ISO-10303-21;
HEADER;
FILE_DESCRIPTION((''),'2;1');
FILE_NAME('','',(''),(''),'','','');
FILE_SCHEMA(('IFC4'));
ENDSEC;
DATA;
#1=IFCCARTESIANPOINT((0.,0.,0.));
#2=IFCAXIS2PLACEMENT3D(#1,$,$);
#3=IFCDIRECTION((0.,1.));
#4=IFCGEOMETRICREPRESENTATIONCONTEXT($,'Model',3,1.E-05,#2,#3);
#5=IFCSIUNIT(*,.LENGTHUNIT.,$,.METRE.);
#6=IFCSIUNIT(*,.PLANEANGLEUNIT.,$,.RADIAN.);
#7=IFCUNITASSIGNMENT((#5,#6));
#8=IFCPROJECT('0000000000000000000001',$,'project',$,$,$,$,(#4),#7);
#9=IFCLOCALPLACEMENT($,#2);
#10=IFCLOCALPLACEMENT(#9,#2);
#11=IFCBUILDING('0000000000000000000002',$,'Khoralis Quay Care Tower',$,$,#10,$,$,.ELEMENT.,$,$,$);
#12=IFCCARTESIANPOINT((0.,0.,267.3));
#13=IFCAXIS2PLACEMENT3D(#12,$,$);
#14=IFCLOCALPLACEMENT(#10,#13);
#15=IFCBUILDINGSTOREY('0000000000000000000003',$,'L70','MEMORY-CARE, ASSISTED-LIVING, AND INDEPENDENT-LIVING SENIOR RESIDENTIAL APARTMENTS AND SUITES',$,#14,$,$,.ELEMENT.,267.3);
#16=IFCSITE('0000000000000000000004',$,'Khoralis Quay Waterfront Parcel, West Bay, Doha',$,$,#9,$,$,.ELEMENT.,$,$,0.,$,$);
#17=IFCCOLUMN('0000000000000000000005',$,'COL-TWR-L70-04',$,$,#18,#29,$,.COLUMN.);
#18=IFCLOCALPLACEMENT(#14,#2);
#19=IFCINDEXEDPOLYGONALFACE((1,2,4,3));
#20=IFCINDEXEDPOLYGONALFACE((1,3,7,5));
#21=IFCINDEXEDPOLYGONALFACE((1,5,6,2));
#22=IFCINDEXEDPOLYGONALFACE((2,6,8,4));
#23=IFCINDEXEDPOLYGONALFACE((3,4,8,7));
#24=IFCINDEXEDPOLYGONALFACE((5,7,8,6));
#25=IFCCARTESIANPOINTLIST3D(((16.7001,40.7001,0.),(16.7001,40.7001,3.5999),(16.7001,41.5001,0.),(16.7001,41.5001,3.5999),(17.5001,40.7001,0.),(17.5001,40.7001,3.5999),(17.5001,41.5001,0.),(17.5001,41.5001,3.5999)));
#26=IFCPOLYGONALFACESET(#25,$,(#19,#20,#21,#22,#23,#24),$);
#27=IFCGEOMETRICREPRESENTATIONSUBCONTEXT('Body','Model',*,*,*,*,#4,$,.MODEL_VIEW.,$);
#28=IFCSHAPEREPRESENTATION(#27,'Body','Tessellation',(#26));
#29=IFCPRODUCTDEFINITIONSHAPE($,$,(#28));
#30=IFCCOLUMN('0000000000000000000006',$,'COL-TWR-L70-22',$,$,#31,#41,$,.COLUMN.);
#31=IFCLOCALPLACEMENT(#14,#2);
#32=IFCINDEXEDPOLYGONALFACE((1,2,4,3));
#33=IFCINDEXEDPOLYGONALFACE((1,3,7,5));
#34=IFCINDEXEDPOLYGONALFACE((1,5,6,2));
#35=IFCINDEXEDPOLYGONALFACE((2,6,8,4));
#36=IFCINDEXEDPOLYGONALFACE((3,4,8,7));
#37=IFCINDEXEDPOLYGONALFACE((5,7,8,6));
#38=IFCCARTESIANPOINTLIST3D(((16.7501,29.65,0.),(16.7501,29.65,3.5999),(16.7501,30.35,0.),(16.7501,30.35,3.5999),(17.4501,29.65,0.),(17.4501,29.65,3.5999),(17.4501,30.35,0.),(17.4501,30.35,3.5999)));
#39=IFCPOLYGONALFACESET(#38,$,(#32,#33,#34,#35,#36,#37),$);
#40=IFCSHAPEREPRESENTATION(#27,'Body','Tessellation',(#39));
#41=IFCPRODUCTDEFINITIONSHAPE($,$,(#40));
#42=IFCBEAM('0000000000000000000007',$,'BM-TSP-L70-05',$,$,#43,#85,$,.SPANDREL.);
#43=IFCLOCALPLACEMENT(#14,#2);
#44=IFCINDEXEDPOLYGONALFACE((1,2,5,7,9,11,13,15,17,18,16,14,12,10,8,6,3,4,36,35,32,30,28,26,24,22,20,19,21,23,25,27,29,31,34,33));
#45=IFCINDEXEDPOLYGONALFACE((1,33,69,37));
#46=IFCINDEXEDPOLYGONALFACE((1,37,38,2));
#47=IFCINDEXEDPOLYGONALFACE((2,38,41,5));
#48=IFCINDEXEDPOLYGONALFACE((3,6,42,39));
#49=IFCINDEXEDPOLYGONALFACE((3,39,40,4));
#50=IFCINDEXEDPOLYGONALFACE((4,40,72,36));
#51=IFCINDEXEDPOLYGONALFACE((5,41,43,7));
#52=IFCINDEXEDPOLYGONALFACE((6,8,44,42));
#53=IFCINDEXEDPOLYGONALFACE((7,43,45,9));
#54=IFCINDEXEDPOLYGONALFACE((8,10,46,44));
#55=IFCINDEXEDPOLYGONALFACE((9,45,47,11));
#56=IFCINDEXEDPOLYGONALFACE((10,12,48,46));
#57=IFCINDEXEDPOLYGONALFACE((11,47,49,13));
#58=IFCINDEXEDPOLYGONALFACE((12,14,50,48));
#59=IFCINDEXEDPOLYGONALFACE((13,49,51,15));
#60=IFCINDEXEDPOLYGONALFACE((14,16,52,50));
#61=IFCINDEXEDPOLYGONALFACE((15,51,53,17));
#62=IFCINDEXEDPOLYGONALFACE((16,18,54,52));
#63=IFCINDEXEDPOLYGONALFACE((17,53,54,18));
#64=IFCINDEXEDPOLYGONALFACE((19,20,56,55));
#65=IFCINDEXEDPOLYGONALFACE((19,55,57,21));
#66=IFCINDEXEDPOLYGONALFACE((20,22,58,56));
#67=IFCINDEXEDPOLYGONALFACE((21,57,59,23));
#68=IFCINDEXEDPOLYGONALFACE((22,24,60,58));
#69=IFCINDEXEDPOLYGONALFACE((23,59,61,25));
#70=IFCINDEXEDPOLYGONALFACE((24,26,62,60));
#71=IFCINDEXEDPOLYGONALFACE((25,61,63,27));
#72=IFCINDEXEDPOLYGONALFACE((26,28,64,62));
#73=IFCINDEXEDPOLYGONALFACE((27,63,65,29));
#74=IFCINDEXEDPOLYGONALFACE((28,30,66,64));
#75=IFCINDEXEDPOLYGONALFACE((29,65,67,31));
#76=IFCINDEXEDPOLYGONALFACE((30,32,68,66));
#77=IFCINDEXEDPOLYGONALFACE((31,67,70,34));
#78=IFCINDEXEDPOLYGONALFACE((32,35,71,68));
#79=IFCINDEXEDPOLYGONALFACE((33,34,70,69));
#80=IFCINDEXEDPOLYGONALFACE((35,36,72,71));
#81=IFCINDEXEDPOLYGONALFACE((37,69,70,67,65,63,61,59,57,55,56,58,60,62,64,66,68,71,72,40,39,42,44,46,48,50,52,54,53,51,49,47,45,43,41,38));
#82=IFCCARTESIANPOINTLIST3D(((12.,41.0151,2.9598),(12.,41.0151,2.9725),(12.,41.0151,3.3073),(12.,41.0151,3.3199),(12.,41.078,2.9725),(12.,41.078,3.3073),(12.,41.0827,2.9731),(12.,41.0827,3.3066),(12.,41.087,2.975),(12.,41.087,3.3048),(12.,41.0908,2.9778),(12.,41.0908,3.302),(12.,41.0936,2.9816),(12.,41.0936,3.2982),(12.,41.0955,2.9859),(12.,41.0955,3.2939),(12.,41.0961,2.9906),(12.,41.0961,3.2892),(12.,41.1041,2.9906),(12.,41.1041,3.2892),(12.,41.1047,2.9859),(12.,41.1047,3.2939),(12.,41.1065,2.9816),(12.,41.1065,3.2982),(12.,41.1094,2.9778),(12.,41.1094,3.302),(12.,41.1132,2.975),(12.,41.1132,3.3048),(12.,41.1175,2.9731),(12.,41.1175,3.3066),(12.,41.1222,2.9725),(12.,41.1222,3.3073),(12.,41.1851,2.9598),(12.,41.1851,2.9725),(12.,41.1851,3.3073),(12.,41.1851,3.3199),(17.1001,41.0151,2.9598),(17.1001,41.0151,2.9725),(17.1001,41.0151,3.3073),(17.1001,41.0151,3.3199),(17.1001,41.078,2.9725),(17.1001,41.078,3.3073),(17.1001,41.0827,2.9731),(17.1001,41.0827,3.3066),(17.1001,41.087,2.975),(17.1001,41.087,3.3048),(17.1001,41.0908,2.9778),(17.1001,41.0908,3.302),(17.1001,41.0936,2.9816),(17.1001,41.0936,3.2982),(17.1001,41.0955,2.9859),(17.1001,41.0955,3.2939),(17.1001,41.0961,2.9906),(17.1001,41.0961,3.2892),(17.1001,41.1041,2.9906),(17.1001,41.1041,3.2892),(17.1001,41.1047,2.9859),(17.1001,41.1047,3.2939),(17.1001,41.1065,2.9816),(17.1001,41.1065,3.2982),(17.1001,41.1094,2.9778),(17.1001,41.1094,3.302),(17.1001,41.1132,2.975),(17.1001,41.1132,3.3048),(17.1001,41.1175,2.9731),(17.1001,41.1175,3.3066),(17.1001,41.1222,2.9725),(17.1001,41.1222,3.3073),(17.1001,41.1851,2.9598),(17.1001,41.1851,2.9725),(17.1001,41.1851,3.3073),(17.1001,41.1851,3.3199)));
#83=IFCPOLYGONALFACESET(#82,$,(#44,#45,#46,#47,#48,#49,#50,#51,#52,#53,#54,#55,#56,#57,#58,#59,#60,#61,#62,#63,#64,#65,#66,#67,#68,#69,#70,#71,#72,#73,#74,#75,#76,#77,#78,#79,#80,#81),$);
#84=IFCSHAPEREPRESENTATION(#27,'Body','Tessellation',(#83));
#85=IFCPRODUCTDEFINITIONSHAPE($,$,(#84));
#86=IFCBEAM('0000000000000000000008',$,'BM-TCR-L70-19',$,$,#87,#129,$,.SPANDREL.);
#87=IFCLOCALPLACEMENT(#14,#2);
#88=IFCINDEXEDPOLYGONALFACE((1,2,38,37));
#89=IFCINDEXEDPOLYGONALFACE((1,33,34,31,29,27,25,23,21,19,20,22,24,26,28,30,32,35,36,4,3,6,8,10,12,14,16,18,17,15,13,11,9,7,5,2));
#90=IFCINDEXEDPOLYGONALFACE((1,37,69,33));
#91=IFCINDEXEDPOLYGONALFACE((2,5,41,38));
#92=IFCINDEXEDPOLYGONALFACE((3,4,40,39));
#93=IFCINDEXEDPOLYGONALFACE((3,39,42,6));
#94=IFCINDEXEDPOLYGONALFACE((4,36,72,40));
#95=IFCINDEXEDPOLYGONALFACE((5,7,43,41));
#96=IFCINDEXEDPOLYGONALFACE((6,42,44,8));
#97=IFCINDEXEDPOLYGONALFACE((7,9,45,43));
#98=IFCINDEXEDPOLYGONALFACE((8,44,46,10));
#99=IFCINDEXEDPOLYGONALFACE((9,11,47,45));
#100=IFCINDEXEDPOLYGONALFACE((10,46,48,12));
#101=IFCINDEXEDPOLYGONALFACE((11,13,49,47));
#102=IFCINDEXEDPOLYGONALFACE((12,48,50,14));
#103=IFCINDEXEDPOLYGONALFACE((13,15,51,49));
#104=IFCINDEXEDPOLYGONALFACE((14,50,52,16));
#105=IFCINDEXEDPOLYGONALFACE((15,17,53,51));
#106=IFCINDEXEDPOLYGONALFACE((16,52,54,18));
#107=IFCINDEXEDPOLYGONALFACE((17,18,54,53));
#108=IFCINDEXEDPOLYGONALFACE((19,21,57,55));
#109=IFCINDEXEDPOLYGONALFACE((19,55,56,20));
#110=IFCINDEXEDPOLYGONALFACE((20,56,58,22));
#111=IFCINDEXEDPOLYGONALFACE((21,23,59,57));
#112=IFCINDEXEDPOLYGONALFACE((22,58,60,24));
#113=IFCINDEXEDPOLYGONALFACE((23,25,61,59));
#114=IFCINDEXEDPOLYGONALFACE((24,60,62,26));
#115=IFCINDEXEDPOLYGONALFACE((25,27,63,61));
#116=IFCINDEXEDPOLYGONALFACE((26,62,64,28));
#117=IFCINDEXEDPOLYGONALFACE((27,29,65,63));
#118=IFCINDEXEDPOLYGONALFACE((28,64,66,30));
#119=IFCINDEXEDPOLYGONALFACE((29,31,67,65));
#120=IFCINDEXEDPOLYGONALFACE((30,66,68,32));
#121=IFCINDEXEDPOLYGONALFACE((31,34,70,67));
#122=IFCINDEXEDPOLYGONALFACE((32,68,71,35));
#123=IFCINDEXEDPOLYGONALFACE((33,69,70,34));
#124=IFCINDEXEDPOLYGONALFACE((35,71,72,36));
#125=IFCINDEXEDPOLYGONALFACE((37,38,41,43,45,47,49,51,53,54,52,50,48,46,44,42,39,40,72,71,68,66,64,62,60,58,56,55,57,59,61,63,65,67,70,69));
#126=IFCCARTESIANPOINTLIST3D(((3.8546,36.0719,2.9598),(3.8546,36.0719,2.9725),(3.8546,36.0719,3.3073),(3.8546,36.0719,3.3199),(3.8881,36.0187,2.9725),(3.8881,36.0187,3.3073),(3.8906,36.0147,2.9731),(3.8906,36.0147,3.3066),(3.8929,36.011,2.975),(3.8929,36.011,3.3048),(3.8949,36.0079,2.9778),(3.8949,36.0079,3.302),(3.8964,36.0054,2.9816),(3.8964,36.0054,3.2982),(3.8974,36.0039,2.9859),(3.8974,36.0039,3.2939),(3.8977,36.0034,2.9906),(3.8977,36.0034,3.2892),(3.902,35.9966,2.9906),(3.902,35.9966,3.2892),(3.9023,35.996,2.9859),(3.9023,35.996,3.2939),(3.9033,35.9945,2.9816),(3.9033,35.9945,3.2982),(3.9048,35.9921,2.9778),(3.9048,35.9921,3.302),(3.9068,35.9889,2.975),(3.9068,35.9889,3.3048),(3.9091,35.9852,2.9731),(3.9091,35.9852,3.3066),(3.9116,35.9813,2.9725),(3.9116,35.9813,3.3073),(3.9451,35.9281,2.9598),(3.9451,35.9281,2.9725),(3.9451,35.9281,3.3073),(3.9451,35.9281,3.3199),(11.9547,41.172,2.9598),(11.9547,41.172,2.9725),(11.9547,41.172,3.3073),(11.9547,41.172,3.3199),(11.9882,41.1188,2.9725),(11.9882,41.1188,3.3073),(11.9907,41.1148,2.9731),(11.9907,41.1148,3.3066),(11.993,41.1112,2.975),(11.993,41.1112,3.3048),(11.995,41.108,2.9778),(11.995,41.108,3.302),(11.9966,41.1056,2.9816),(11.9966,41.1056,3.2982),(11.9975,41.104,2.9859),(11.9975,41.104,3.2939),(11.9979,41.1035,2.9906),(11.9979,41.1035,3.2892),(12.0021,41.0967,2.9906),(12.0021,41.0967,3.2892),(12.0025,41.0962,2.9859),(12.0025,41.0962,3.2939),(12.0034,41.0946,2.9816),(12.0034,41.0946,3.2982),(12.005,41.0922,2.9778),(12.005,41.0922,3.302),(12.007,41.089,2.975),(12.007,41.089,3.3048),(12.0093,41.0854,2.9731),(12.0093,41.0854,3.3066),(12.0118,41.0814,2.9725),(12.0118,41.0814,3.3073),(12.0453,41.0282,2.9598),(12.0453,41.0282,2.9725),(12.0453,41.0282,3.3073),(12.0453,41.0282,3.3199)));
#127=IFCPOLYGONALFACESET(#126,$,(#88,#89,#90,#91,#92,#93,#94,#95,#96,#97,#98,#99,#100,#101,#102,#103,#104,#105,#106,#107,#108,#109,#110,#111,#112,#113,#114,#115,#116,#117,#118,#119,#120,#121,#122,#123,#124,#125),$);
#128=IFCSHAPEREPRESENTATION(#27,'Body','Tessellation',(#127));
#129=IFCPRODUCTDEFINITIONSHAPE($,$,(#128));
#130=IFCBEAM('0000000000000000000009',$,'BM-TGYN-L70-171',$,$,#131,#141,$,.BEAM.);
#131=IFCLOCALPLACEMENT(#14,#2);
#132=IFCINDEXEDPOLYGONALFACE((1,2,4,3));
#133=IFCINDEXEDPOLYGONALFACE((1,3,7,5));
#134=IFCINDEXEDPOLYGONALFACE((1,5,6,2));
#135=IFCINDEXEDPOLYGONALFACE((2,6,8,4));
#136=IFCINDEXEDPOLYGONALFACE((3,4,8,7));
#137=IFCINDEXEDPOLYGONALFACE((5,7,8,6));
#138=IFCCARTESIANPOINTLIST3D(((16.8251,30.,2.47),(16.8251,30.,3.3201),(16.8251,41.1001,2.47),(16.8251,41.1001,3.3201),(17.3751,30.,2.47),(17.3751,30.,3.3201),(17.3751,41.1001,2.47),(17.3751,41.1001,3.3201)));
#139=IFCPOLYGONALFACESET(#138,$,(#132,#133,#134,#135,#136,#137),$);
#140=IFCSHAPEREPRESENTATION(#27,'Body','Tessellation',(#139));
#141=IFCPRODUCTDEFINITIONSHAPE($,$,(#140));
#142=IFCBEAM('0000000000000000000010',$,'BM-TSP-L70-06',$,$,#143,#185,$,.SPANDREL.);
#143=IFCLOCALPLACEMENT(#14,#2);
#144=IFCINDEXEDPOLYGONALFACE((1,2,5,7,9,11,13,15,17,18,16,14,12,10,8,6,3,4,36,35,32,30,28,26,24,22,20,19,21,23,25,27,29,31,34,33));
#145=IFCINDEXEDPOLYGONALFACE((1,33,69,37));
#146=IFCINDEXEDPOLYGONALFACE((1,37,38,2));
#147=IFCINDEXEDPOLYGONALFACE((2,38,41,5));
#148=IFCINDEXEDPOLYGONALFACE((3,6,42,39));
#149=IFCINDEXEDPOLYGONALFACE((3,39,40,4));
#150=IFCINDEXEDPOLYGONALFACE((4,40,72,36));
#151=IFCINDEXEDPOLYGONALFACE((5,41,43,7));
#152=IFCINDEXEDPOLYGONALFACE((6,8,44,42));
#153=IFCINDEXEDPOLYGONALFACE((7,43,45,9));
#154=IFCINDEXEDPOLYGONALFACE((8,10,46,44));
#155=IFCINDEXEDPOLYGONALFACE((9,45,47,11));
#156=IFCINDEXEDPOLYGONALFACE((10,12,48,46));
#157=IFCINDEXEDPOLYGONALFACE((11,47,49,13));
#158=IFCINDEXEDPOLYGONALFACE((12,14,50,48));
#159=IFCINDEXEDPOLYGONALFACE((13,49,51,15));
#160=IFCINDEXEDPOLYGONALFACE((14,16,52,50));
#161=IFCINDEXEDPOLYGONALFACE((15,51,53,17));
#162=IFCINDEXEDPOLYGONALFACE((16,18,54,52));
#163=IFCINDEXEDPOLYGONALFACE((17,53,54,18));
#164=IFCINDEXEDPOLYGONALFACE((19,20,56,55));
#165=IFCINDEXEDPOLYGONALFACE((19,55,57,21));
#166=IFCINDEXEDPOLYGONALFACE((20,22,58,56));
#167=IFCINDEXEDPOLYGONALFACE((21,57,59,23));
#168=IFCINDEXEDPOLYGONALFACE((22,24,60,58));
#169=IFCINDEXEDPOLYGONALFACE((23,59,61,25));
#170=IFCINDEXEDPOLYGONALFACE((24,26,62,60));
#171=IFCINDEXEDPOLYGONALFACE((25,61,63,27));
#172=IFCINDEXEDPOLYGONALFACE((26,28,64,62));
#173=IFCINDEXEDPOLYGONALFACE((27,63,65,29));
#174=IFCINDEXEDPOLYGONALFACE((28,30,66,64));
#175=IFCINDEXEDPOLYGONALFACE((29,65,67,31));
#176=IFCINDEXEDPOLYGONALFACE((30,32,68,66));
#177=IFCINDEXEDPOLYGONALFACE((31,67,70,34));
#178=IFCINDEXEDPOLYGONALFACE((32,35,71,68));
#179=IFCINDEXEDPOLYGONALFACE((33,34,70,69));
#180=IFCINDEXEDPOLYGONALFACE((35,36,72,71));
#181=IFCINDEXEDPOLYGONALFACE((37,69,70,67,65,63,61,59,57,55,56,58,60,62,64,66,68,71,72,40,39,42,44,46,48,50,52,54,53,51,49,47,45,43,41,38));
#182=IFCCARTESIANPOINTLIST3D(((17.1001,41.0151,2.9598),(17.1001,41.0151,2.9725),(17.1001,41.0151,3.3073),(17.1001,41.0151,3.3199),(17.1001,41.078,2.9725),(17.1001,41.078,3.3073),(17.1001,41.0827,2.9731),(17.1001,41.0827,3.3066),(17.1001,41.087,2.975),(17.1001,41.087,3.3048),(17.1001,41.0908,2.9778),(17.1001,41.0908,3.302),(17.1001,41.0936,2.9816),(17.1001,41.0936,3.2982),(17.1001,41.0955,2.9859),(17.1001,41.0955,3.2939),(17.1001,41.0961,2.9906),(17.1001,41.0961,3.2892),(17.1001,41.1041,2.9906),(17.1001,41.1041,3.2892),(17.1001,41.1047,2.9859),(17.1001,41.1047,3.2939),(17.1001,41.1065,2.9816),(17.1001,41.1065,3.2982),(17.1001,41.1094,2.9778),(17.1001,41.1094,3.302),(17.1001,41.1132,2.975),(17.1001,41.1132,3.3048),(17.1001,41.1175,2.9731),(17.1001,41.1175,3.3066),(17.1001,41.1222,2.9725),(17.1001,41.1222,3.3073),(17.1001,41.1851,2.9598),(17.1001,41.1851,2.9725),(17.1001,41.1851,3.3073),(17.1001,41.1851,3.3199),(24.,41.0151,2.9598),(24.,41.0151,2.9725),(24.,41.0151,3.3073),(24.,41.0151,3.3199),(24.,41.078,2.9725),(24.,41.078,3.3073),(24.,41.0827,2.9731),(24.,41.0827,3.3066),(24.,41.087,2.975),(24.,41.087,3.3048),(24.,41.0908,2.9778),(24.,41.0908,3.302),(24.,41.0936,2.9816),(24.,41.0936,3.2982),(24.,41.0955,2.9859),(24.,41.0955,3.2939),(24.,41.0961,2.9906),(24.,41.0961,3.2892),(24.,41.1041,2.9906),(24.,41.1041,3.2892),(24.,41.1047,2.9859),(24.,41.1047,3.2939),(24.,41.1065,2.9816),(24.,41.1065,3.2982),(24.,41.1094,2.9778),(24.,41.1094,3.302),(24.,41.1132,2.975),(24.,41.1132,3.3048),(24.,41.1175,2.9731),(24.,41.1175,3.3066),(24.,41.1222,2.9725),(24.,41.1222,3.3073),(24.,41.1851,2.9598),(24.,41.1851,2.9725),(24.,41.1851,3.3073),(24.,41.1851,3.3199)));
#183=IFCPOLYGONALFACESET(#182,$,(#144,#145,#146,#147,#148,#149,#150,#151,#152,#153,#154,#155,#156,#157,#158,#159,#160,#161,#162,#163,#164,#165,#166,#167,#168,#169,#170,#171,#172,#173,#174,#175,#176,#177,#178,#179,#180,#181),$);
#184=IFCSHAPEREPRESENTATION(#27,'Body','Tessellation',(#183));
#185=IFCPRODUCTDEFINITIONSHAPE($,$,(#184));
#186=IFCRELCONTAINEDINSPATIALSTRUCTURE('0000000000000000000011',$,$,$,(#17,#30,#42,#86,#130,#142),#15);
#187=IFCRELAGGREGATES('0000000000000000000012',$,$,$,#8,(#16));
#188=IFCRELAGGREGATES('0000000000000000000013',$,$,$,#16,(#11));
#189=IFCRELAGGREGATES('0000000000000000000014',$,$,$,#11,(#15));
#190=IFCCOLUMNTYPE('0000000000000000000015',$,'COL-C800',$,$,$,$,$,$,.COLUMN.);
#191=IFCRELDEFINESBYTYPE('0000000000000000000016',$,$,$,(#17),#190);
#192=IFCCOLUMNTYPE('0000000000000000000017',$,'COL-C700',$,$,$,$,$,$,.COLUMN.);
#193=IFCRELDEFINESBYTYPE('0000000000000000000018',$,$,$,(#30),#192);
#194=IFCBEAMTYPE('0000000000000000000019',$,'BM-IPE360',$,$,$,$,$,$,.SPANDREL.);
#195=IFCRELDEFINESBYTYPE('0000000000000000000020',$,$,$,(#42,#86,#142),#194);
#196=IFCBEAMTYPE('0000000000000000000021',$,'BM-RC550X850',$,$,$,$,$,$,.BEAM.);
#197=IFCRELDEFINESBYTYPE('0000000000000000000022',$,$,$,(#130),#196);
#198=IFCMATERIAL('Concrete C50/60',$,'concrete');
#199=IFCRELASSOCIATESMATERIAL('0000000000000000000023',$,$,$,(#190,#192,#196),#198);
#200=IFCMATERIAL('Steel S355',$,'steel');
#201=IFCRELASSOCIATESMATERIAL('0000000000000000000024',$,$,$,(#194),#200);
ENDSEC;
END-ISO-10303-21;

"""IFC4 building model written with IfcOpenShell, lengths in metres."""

from ifc_helpers import new_model, si_unit, direction, frame, origin, origin_2d, place, context, subcontext, project, spatial, rectangle, i_section, extrude, source, transform, mapped, material, material_profile, profile_set, type_object, element, save


model = new_model("IFC4")

# Units and contexts
model_context = context("Model", 3, precision=1e-05, world=origin(), true_north=direction((0.0, 1.0)))
body_context = subcontext(model_context, "Body", "Model", "MODEL_VIEW")
ifc_project = project(units=[si_unit("LENGTHUNIT", "METRE"), si_unit("PLANEANGLEUNIT", "RADIAN")], contexts=[model_context])

# Site, building, storey
site_placement = place(None, origin())
site = spatial("IfcSite", under=ifc_project, at=site_placement, Name="Khoralis Quay Waterfront Parcel, West Bay, Doha", CompositionType="ELEMENT", RefElevation=0.0)
building_placement = place(site_placement, origin())
building = spatial("IfcBuilding", under=site, at=building_placement, Name="Khoralis Quay Care Tower", CompositionType="ELEMENT")
storey_placement = place(building_placement, frame((0.0, 0.0, 267.3)))
storey = spatial("IfcBuildingStorey", under=building, at=storey_placement, Name="L70", Description="MEMORY-CARE, ASSISTED-LIVING, AND INDEPENDENT-LIVING SENIOR RESIDENTIAL APARTMENTS AND SUITES", CompositionType="ELEMENT", Elevation=267.3)

# Columns
ifc_material_1 = material(Name="Concrete C50/60", Category="concrete")
ifc_material_profile_1 = material_profile(ifc_material_1, rectangle(XDim=0.8, YDim=0.8, at=origin_2d()), Name="Concrete C50/60")
ifc_profile_set_1 = profile_set([ifc_material_profile_1], Name="Concrete C50/60")
column_type_1 = type_object("IfcColumnType", Name="COL-C800", PredefinedType="COLUMN", material=ifc_profile_set_1)
shared_shape_1 = source(origin(), body_context, "Body", "SweptSolid", [
    extrude(rectangle(XDim=0.8, YDim=0.8, at=origin_2d()), origin(), (0.0, 0.0, 1.0), 3.5999),
])
column_1_placement = place(storey_placement, frame((17.1001, 41.1001, 0.0), z_axis=(0.0, 0.0, 1.0), x_axis=(1.0, 0.0, 0.0)))
element("IfcColumn", 1, at=column_1_placement, inside=storey, type_object=column_type_1, Name="COL-TWR-L70-04", PredefinedType="COLUMN", context=body_context, shape_type="MappedRepresentation", body=[
    mapped(shared_shape_1, transform((0.0, 0.0, 0.0), scale=1.0)),
])
ifc_material_profile_2 = material_profile(ifc_material_1, rectangle(XDim=0.7, YDim=0.7, at=origin_2d()), Name="Concrete C50/60")
ifc_profile_set_2 = profile_set([ifc_material_profile_2], Name="Concrete C50/60")
column_type_2 = type_object("IfcColumnType", Name="COL-C700", PredefinedType="COLUMN", material=ifc_profile_set_2)
shared_shape_2 = source(origin(), body_context, "Body", "SweptSolid", [
    extrude(rectangle(XDim=0.7, YDim=0.7, at=origin_2d()), origin(), (0.0, 0.0, 1.0), 3.5999),
])
column_2_placement = place(storey_placement, frame((17.1001, 30.0, 0.0), z_axis=(0.0, 0.0, 1.0), x_axis=(1.0, 0.0, 0.0)))
element("IfcColumn", 2, at=column_2_placement, inside=storey, type_object=column_type_2, Name="COL-TWR-L70-22", PredefinedType="COLUMN", context=body_context, shape_type="MappedRepresentation", body=[
    mapped(shared_shape_2, transform((0.0, 0.0, 0.0), scale=1.0)),
])

# Beams
ifc_material_2 = material(Name="Steel S355", Category="steel")
ifc_material_profile_3 = material_profile(ifc_material_2, i_section(OverallWidth=0.1699, OverallDepth=0.3601, WebThickness=0.0081, FlangeThickness=0.0127, FilletRadius=0.0181, at=origin_2d()), Name="Steel S355")
ifc_profile_set_3 = profile_set([ifc_material_profile_3], Name="Steel S355")
beam_type_1 = type_object("IfcBeamType", Name="BM-IPE360", PredefinedType="SPANDREL", material=ifc_profile_set_3)
shared_shape_3 = source(origin(), body_context, "Body", "SweptSolid", [
    extrude(i_section(OverallWidth=0.1699, OverallDepth=0.3601, WebThickness=0.0081, FlangeThickness=0.0127, FilletRadius=0.0181, at=origin_2d()), origin(), (0.0, 0.0, 1.0), 5.1001),
])
beam_1_placement = place(storey_placement, frame((12.0, 41.1001, 3.1399), z_axis=(1.0, 0.0, 0.0), x_axis=(0.0, 1.0, 0.0)))
element("IfcBeam", 3, at=beam_1_placement, inside=storey, type_object=beam_type_1, Name="BM-TSP-L70-05", PredefinedType="SPANDREL", context=body_context, shape_type="MappedRepresentation", body=[
    mapped(shared_shape_3, transform((0.0, 0.0, 0.0), scale=1.0)),
])
shared_shape_4 = source(origin(), body_context, "Body", "SweptSolid", [
    extrude(i_section(OverallWidth=0.1699, OverallDepth=0.3601, WebThickness=0.0081, FlangeThickness=0.0127, FilletRadius=0.0181, at=origin_2d()), origin(), (0.0, 0.0, 1.0), 9.572),
])
beam_2_placement = place(storey_placement, frame((12.0, 41.1001, 3.1399), z_axis=(-0.846231, -0.532816, 0.0), x_axis=(0.532816, -0.846231, 0.0)))
element("IfcBeam", 4, at=beam_2_placement, inside=storey, type_object=beam_type_1, Name="BM-TCR-L70-19", PredefinedType="SPANDREL", context=body_context, shape_type="MappedRepresentation", body=[
    mapped(shared_shape_4, transform((0.0, 0.0, 0.0), scale=1.0)),
])
ifc_material_profile_4 = material_profile(ifc_material_1, rectangle(XDim=0.55, YDim=0.8501, at=origin_2d()), Name="Concrete C50/60")
ifc_profile_set_4 = profile_set([ifc_material_profile_4], Name="Concrete C50/60")
beam_type_2 = type_object("IfcBeamType", Name="BM-RC550X850", PredefinedType="BEAM", material=ifc_profile_set_4)
shared_shape_5 = source(origin(), body_context, "Body", "SweptSolid", [
    extrude(rectangle(XDim=0.55, YDim=0.8501, at=origin_2d()), origin(), (0.0, 0.0, 1.0), 11.1001),
])
beam_3_placement = place(storey_placement, frame((17.1001, 30.0, 2.895), z_axis=(0.0, 1.0, 0.0), x_axis=(-1.0, 0.0, 0.0)))
element("IfcBeam", 5, at=beam_3_placement, inside=storey, type_object=beam_type_2, Name="BM-TGYN-L70-171", PredefinedType="BEAM", context=body_context, shape_type="MappedRepresentation", body=[
    mapped(shared_shape_5, transform((0.0, 0.0, 0.0), scale=1.0)),
])
shared_shape_6 = source(origin(), body_context, "Body", "SweptSolid", [
    extrude(i_section(OverallWidth=0.1699, OverallDepth=0.3601, WebThickness=0.0081, FlangeThickness=0.0127, FilletRadius=0.0181, at=origin_2d()), origin(), (0.0, 0.0, 1.0), 6.8999),
])
beam_4_placement = place(storey_placement, frame((17.1001, 41.1001, 3.1399), z_axis=(1.0, 0.0, 0.0), x_axis=(0.0, 1.0, 0.0)))
element("IfcBeam", 6, at=beam_4_placement, inside=storey, type_object=beam_type_1, Name="BM-TSP-L70-06", PredefinedType="SPANDREL", context=body_context, shape_type="MappedRepresentation", body=[
    mapped(shared_shape_6, transform((0.0, 0.0, 0.0), scale=1.0)),
])

save(model, "model.ifc")
